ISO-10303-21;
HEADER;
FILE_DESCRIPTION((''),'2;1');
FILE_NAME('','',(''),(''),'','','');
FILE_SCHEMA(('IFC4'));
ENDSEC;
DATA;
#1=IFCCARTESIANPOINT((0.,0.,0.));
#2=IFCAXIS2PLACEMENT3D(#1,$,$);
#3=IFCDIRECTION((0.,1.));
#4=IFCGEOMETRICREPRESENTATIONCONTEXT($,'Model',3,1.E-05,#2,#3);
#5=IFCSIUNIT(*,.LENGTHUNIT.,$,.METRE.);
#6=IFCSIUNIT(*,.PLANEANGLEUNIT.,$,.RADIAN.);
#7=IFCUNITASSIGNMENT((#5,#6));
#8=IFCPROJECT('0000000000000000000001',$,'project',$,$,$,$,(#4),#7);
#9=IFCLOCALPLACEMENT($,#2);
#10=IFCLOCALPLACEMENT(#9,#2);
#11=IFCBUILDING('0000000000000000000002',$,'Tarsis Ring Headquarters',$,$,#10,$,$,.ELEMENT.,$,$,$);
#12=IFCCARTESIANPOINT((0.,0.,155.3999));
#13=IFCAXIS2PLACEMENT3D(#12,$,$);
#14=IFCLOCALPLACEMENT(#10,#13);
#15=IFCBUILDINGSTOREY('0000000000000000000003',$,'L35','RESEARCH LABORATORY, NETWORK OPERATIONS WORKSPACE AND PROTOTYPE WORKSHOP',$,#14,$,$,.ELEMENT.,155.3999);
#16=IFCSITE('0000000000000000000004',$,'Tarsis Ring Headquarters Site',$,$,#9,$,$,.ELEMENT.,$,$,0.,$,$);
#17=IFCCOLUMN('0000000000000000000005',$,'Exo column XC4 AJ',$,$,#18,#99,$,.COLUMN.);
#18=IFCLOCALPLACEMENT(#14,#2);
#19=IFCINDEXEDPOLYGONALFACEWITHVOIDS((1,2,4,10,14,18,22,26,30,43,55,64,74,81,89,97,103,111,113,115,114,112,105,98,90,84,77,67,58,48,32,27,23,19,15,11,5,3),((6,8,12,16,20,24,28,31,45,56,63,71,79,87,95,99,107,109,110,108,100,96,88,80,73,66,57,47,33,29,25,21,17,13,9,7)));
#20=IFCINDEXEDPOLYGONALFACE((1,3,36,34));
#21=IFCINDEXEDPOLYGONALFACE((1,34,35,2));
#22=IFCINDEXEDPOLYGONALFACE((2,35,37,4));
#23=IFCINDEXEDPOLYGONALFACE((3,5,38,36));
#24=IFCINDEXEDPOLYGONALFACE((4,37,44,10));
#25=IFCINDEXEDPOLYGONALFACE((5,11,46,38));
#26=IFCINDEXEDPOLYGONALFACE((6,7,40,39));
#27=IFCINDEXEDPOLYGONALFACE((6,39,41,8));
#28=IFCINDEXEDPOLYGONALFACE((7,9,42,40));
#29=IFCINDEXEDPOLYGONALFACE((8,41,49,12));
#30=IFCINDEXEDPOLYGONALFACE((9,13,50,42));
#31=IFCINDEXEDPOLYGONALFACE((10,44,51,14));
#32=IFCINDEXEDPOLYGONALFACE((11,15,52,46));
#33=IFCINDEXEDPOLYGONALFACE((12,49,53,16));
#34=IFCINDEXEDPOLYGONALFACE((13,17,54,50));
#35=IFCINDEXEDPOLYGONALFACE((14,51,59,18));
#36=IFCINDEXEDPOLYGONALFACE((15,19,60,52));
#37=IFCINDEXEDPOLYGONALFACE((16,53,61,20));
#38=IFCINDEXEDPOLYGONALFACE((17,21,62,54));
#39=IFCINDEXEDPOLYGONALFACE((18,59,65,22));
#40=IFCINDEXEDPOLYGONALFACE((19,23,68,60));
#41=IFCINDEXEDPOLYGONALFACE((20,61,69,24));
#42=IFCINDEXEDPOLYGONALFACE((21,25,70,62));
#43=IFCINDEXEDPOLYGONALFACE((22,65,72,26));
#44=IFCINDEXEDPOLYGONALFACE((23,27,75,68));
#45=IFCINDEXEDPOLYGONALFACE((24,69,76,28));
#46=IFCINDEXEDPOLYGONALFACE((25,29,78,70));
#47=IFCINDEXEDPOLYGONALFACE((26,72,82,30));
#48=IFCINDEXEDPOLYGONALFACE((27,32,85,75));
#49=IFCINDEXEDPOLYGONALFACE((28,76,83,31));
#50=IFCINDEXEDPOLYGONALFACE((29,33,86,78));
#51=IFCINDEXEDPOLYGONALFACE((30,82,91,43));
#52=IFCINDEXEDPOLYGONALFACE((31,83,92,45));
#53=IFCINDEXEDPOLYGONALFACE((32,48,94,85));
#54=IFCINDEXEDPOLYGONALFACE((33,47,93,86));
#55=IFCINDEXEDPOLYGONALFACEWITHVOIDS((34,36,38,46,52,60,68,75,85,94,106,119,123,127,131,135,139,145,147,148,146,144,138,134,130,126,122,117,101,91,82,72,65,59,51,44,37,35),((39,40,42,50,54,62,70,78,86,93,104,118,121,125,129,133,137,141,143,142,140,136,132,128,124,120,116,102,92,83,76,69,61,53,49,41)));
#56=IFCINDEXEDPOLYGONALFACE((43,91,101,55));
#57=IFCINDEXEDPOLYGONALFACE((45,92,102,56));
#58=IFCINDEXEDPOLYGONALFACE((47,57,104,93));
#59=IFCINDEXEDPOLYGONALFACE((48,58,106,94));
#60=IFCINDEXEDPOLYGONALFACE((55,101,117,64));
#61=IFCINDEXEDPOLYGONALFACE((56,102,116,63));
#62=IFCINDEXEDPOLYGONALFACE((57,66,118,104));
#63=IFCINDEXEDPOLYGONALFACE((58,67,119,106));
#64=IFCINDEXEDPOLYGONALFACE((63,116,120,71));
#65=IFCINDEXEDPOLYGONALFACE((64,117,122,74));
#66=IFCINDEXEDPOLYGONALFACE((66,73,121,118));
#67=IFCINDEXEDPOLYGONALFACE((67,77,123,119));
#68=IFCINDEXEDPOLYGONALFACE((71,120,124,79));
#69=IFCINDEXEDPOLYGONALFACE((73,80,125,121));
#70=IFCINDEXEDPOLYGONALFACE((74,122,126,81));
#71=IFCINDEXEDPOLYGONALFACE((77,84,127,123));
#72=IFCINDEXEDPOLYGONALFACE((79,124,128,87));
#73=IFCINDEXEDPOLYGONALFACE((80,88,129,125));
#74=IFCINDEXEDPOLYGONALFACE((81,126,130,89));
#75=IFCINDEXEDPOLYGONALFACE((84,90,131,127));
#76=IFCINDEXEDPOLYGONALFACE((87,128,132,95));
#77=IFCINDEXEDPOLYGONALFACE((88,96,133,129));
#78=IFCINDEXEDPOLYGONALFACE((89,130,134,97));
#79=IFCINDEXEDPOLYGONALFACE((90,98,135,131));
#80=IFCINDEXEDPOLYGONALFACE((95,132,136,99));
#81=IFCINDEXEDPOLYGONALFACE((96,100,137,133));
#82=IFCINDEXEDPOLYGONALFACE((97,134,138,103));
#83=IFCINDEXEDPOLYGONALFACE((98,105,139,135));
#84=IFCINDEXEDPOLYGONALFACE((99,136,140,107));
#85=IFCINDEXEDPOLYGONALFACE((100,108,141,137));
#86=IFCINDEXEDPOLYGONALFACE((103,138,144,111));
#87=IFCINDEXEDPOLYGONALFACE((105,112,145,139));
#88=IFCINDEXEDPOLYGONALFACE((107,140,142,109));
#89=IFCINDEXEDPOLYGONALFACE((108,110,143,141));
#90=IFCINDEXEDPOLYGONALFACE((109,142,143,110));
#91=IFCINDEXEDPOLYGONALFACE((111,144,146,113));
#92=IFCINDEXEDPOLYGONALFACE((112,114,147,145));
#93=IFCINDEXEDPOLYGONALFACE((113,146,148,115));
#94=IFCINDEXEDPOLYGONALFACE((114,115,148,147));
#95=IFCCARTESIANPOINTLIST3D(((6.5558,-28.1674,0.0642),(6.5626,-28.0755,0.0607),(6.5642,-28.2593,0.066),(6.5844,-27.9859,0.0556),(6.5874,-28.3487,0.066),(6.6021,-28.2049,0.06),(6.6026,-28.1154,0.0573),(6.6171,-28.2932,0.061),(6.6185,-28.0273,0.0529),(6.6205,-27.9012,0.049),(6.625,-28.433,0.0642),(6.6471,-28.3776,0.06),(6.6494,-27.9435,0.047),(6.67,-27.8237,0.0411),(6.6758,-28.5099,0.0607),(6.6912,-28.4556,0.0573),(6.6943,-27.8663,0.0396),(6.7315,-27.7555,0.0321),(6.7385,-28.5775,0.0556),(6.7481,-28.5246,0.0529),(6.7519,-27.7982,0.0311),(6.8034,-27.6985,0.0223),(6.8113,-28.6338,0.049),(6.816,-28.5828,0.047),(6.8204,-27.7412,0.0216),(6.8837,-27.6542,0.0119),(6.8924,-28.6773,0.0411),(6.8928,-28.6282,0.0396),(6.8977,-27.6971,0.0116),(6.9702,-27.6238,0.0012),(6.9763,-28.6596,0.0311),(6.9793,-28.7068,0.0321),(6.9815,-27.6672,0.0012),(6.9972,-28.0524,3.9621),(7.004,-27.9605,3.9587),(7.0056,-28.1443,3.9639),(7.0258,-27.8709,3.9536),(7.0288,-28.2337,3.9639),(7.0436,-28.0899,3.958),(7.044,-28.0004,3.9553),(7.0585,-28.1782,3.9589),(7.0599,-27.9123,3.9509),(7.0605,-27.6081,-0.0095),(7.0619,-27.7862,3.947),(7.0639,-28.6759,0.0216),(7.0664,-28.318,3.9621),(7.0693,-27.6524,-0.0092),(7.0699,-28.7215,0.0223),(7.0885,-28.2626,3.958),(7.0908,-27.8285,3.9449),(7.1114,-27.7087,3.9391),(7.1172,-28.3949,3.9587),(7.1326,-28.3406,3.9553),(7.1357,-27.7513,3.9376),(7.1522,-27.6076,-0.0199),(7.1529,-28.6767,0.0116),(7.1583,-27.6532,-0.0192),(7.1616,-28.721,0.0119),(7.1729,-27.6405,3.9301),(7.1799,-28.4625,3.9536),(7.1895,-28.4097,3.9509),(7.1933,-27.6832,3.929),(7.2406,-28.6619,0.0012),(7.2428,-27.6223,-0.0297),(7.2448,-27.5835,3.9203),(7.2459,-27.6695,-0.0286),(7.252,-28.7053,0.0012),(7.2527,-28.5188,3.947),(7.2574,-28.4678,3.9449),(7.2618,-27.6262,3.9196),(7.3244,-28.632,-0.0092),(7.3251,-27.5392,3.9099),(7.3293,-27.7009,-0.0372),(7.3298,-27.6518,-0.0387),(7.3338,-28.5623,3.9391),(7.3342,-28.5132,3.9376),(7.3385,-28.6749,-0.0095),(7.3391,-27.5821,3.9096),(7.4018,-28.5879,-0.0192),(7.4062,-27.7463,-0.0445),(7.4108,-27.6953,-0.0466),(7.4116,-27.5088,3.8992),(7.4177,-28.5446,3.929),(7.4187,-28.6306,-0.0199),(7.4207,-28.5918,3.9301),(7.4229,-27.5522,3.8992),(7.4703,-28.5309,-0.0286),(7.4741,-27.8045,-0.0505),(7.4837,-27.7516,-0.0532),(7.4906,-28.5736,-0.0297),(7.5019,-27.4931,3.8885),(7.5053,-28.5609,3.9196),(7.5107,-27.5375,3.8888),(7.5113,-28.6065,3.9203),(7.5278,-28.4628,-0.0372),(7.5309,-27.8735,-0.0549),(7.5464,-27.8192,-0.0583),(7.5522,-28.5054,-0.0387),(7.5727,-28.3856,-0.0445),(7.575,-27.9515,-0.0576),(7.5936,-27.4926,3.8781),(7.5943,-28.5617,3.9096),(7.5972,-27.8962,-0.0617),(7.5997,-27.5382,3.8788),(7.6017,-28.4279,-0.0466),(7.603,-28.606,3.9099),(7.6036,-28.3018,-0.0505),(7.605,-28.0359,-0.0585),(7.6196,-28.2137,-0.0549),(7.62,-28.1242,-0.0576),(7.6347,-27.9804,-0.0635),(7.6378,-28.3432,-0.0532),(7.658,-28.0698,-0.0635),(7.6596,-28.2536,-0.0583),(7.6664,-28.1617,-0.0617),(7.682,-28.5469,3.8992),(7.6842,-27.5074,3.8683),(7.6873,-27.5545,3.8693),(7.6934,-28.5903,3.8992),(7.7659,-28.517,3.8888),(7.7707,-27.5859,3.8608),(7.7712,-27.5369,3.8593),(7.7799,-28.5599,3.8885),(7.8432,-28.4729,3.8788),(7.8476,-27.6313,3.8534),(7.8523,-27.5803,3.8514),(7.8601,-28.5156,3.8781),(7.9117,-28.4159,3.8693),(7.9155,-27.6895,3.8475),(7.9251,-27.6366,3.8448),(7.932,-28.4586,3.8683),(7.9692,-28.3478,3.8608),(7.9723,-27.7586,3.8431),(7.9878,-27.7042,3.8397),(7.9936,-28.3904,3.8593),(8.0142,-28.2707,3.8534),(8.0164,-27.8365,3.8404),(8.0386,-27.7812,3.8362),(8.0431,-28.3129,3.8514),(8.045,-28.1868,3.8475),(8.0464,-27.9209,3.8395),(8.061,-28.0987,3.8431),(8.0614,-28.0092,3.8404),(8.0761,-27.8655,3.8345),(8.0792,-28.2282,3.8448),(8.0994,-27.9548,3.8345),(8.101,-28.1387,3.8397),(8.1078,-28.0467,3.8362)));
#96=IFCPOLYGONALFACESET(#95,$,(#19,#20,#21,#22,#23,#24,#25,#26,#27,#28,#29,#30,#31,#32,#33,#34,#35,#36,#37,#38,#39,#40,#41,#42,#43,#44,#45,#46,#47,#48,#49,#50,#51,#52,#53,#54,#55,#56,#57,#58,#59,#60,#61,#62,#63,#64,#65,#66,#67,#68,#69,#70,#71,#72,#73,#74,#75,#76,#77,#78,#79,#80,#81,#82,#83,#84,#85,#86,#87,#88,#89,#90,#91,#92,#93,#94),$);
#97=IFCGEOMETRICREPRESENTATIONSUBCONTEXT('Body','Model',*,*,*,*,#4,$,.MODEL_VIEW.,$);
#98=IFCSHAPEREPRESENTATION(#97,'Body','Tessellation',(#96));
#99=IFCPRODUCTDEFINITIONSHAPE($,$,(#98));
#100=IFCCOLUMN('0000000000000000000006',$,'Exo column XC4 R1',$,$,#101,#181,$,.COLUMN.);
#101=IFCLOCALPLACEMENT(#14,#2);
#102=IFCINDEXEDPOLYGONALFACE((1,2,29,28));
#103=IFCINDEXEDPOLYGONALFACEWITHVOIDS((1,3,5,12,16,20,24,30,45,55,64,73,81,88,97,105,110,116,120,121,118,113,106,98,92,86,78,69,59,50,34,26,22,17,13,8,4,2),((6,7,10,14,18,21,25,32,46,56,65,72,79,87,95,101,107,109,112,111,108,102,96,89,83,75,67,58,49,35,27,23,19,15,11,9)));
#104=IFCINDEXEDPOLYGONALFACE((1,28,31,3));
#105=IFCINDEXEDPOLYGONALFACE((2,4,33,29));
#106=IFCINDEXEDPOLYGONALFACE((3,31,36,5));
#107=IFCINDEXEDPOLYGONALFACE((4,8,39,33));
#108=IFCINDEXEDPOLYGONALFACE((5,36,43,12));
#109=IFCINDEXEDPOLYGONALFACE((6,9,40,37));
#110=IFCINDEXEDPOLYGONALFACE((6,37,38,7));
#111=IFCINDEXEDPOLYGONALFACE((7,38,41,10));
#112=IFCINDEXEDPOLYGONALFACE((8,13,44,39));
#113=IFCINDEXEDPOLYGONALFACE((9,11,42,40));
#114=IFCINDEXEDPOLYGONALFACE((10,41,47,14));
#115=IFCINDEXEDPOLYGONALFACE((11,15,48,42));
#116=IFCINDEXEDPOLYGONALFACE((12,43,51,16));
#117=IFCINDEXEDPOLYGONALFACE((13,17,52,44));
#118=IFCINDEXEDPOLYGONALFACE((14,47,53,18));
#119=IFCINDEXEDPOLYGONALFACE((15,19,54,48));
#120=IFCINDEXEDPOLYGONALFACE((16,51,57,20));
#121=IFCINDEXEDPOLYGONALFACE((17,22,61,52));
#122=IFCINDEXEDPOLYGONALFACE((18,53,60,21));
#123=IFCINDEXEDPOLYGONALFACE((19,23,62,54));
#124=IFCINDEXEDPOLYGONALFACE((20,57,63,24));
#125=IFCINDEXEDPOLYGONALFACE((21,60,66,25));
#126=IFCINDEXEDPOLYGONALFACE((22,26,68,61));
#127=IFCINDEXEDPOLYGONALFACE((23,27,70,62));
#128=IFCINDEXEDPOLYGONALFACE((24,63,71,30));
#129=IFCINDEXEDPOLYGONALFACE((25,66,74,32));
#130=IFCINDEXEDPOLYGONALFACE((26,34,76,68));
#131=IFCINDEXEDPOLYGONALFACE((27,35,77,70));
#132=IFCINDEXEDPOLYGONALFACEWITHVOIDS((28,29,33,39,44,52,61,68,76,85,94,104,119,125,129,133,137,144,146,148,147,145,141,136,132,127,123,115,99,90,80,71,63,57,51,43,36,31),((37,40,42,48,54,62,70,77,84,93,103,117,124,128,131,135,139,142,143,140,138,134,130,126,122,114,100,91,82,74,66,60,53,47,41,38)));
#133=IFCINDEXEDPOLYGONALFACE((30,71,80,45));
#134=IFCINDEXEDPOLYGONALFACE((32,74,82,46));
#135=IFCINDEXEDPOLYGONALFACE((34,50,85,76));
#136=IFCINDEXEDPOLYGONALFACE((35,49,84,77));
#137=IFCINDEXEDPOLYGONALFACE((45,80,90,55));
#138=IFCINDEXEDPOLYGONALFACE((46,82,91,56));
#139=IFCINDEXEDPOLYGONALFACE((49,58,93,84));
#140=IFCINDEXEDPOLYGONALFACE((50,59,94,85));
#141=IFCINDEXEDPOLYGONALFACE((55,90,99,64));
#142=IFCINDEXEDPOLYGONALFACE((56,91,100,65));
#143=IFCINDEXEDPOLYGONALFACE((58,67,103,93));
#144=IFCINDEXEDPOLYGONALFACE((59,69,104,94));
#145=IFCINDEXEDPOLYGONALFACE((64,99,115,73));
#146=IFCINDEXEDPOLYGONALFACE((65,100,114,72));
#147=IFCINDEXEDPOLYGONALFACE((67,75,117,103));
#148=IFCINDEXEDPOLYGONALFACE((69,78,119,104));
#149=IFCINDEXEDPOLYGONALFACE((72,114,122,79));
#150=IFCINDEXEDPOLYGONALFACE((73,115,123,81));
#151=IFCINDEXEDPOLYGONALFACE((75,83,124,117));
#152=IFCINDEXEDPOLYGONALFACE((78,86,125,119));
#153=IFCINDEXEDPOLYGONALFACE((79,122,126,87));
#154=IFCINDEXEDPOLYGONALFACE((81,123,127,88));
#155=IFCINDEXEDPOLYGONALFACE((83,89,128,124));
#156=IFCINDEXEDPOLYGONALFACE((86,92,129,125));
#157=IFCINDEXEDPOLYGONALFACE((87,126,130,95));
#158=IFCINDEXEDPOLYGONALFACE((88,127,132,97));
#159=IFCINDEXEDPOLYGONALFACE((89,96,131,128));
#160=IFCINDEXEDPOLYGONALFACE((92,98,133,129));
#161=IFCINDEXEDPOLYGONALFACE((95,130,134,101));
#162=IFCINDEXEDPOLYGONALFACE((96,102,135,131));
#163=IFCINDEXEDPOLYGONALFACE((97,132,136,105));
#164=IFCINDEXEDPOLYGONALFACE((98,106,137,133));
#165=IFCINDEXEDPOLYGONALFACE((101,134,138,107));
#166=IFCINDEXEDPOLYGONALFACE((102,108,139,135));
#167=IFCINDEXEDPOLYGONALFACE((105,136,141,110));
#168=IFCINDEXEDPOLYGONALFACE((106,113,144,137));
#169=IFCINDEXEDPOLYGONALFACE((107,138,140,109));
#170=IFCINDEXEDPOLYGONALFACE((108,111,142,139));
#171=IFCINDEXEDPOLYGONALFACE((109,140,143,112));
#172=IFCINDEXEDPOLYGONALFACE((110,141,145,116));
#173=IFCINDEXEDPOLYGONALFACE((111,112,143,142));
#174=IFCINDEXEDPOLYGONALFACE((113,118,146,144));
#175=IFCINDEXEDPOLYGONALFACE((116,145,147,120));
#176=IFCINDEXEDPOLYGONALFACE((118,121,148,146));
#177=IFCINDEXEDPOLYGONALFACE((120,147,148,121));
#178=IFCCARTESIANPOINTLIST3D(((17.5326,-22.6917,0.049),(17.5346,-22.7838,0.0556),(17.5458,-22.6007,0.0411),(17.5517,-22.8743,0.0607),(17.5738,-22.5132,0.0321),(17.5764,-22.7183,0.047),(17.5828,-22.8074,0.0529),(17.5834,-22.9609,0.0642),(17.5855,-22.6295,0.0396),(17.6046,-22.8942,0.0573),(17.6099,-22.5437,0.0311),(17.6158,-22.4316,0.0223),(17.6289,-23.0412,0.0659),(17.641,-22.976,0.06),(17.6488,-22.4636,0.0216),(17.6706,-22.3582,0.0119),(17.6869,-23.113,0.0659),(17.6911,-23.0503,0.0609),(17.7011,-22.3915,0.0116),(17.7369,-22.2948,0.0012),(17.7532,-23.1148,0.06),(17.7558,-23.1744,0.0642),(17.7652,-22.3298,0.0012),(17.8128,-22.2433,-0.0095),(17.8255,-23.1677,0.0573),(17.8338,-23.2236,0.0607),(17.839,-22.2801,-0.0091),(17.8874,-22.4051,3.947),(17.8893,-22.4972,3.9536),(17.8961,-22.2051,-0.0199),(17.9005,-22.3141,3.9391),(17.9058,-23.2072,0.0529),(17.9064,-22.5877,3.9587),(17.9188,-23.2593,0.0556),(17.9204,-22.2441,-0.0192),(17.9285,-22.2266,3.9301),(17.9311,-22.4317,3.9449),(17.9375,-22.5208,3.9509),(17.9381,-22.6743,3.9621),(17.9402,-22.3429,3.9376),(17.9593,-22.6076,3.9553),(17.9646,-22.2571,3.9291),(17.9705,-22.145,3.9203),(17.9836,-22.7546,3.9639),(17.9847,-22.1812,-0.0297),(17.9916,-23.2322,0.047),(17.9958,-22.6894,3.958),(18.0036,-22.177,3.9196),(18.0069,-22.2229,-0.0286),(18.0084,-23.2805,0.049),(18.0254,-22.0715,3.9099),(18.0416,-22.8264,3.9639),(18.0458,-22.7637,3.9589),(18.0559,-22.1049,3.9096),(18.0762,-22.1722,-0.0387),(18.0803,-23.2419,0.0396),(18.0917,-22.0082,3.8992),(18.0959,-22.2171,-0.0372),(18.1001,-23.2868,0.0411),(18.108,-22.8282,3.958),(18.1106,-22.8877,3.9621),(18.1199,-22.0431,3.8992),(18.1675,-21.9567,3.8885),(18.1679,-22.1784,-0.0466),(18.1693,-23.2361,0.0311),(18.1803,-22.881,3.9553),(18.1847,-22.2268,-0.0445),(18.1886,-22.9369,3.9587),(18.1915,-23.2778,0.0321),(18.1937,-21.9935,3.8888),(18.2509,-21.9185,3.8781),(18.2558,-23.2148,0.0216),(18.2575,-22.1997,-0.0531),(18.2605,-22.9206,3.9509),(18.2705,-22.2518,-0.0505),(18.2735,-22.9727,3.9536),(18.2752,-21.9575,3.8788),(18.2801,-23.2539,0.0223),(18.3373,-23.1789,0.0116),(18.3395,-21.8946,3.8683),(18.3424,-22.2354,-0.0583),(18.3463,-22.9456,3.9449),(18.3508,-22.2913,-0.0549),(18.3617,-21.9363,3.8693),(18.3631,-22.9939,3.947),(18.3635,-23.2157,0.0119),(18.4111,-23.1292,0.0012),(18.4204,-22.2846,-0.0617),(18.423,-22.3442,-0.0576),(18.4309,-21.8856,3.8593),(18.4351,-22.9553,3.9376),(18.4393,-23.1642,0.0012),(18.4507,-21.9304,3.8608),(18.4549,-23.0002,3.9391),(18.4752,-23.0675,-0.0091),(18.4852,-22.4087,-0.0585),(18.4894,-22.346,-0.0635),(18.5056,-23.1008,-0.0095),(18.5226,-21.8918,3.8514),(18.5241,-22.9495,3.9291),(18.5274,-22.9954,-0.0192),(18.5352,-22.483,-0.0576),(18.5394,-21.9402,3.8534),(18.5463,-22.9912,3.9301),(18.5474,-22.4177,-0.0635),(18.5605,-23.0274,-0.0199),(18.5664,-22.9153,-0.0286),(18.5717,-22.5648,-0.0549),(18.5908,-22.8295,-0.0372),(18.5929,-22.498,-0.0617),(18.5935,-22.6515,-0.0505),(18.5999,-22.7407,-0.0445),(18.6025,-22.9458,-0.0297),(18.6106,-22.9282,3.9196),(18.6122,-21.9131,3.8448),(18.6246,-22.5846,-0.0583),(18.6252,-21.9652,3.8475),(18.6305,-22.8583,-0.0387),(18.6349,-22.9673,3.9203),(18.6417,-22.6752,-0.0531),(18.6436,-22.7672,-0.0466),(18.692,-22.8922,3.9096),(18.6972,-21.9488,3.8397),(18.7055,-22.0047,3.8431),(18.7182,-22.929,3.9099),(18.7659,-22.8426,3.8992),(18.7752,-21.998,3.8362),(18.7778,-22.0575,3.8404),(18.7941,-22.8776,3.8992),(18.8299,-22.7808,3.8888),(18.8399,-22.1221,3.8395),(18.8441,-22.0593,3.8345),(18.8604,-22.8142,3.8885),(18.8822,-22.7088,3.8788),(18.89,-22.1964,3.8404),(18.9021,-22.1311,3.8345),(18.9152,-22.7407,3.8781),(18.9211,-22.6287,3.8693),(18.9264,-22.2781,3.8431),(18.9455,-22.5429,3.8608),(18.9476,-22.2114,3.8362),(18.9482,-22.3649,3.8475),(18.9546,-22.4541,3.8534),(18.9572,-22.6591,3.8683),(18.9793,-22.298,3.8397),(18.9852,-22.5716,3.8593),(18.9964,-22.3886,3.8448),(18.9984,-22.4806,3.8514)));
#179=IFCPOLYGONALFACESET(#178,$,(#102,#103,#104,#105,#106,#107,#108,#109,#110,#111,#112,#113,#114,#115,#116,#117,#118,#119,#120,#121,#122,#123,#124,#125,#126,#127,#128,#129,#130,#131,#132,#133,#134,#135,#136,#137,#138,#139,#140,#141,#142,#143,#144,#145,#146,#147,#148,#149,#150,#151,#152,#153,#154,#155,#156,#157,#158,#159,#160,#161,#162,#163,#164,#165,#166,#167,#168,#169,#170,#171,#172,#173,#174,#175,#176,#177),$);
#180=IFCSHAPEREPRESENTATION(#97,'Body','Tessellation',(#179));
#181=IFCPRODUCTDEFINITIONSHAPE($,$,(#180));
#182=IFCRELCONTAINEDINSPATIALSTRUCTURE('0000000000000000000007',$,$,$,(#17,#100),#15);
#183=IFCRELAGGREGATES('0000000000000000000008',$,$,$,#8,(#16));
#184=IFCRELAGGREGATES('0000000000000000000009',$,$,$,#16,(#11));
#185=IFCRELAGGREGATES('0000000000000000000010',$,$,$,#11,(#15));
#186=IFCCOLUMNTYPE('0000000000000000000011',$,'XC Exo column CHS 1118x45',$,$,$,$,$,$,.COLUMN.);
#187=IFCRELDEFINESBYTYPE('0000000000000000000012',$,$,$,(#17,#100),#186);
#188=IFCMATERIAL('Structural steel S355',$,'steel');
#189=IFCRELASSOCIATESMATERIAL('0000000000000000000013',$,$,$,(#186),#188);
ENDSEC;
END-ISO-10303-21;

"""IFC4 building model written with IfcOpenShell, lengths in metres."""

from ifc_helpers import new_model, si_unit, direction, frame, origin, origin_2d, place, context, subcontext, project, spatial, hollow_circle, extrude, material, material_profile, profile_set, type_object, element, save


model = new_model("IFC4")

# Units and contexts
model_context = context("Model", 3, precision=1e-05, world=origin(), true_north=direction((0.0, 1.0)))
body_context = subcontext(model_context, "Body", "Model", "MODEL_VIEW")
ifc_project = project(units=[si_unit("LENGTHUNIT", "METRE"), si_unit("PLANEANGLEUNIT", "RADIAN")], contexts=[model_context])

# Site, building, storey
site_placement = place(None, origin())
site = spatial("IfcSite", under=ifc_project, at=site_placement, Name="Tarsis Ring Headquarters Site", CompositionType="ELEMENT", RefElevation=0.0)
building_placement = place(site_placement, origin())
building = spatial("IfcBuilding", under=site, at=building_placement, Name="Tarsis Ring Headquarters", CompositionType="ELEMENT")
storey_placement = place(building_placement, frame((0.0, 0.0, 155.3999)))
storey = spatial("IfcBuildingStorey", under=building, at=storey_placement, Name="L35", Description="RESEARCH LABORATORY, NETWORK OPERATIONS WORKSPACE AND PROTOTYPE WORKSHOP", CompositionType="ELEMENT", Elevation=155.3999)

# Columns
ifc_material_1 = material(Name="Structural steel S355", Category="steel")
ifc_material_profile_1 = material_profile(ifc_material_1, hollow_circle(Radius=0.5588, WallThickness=0.0449, at=origin_2d()), Name="CHS 1118x45")
ifc_profile_set_1 = profile_set([ifc_material_profile_1], Name="Structural steel S355")
column_type = type_object("IfcColumnType", Name="XC Exo column CHS 1118x45", PredefinedType="COLUMN", material=ifc_profile_set_1)
for number, where, z_axis, x_axis, name in (
    (1, (7.1111, -28.1646, 0.0012), (0.112473, 0.0293, 0.993223), (-0.252095, 0.967702, 0.0), "Exo column XC4 AJ"),
    (2, (18.0881, -22.7295, 0.0012), (0.090389, 0.073033, 0.993225), (-0.628474, 0.77783, 0.0), "Exo column XC4 R1"),
):
    element("IfcColumn", number, at=place(storey_placement, frame(where, z_axis=z_axis, x_axis=x_axis)), inside=storey, type_object=column_type, Name=name, PredefinedType="COLUMN", context=body_context, shape_type="SweptSolid", body=[
        extrude(hollow_circle(Radius=0.5588, WallThickness=0.0449, at=origin_2d()), origin(), (0.0, 0.0, 1.0), 3.9246),
    ])

save(model, "model.ifc")
